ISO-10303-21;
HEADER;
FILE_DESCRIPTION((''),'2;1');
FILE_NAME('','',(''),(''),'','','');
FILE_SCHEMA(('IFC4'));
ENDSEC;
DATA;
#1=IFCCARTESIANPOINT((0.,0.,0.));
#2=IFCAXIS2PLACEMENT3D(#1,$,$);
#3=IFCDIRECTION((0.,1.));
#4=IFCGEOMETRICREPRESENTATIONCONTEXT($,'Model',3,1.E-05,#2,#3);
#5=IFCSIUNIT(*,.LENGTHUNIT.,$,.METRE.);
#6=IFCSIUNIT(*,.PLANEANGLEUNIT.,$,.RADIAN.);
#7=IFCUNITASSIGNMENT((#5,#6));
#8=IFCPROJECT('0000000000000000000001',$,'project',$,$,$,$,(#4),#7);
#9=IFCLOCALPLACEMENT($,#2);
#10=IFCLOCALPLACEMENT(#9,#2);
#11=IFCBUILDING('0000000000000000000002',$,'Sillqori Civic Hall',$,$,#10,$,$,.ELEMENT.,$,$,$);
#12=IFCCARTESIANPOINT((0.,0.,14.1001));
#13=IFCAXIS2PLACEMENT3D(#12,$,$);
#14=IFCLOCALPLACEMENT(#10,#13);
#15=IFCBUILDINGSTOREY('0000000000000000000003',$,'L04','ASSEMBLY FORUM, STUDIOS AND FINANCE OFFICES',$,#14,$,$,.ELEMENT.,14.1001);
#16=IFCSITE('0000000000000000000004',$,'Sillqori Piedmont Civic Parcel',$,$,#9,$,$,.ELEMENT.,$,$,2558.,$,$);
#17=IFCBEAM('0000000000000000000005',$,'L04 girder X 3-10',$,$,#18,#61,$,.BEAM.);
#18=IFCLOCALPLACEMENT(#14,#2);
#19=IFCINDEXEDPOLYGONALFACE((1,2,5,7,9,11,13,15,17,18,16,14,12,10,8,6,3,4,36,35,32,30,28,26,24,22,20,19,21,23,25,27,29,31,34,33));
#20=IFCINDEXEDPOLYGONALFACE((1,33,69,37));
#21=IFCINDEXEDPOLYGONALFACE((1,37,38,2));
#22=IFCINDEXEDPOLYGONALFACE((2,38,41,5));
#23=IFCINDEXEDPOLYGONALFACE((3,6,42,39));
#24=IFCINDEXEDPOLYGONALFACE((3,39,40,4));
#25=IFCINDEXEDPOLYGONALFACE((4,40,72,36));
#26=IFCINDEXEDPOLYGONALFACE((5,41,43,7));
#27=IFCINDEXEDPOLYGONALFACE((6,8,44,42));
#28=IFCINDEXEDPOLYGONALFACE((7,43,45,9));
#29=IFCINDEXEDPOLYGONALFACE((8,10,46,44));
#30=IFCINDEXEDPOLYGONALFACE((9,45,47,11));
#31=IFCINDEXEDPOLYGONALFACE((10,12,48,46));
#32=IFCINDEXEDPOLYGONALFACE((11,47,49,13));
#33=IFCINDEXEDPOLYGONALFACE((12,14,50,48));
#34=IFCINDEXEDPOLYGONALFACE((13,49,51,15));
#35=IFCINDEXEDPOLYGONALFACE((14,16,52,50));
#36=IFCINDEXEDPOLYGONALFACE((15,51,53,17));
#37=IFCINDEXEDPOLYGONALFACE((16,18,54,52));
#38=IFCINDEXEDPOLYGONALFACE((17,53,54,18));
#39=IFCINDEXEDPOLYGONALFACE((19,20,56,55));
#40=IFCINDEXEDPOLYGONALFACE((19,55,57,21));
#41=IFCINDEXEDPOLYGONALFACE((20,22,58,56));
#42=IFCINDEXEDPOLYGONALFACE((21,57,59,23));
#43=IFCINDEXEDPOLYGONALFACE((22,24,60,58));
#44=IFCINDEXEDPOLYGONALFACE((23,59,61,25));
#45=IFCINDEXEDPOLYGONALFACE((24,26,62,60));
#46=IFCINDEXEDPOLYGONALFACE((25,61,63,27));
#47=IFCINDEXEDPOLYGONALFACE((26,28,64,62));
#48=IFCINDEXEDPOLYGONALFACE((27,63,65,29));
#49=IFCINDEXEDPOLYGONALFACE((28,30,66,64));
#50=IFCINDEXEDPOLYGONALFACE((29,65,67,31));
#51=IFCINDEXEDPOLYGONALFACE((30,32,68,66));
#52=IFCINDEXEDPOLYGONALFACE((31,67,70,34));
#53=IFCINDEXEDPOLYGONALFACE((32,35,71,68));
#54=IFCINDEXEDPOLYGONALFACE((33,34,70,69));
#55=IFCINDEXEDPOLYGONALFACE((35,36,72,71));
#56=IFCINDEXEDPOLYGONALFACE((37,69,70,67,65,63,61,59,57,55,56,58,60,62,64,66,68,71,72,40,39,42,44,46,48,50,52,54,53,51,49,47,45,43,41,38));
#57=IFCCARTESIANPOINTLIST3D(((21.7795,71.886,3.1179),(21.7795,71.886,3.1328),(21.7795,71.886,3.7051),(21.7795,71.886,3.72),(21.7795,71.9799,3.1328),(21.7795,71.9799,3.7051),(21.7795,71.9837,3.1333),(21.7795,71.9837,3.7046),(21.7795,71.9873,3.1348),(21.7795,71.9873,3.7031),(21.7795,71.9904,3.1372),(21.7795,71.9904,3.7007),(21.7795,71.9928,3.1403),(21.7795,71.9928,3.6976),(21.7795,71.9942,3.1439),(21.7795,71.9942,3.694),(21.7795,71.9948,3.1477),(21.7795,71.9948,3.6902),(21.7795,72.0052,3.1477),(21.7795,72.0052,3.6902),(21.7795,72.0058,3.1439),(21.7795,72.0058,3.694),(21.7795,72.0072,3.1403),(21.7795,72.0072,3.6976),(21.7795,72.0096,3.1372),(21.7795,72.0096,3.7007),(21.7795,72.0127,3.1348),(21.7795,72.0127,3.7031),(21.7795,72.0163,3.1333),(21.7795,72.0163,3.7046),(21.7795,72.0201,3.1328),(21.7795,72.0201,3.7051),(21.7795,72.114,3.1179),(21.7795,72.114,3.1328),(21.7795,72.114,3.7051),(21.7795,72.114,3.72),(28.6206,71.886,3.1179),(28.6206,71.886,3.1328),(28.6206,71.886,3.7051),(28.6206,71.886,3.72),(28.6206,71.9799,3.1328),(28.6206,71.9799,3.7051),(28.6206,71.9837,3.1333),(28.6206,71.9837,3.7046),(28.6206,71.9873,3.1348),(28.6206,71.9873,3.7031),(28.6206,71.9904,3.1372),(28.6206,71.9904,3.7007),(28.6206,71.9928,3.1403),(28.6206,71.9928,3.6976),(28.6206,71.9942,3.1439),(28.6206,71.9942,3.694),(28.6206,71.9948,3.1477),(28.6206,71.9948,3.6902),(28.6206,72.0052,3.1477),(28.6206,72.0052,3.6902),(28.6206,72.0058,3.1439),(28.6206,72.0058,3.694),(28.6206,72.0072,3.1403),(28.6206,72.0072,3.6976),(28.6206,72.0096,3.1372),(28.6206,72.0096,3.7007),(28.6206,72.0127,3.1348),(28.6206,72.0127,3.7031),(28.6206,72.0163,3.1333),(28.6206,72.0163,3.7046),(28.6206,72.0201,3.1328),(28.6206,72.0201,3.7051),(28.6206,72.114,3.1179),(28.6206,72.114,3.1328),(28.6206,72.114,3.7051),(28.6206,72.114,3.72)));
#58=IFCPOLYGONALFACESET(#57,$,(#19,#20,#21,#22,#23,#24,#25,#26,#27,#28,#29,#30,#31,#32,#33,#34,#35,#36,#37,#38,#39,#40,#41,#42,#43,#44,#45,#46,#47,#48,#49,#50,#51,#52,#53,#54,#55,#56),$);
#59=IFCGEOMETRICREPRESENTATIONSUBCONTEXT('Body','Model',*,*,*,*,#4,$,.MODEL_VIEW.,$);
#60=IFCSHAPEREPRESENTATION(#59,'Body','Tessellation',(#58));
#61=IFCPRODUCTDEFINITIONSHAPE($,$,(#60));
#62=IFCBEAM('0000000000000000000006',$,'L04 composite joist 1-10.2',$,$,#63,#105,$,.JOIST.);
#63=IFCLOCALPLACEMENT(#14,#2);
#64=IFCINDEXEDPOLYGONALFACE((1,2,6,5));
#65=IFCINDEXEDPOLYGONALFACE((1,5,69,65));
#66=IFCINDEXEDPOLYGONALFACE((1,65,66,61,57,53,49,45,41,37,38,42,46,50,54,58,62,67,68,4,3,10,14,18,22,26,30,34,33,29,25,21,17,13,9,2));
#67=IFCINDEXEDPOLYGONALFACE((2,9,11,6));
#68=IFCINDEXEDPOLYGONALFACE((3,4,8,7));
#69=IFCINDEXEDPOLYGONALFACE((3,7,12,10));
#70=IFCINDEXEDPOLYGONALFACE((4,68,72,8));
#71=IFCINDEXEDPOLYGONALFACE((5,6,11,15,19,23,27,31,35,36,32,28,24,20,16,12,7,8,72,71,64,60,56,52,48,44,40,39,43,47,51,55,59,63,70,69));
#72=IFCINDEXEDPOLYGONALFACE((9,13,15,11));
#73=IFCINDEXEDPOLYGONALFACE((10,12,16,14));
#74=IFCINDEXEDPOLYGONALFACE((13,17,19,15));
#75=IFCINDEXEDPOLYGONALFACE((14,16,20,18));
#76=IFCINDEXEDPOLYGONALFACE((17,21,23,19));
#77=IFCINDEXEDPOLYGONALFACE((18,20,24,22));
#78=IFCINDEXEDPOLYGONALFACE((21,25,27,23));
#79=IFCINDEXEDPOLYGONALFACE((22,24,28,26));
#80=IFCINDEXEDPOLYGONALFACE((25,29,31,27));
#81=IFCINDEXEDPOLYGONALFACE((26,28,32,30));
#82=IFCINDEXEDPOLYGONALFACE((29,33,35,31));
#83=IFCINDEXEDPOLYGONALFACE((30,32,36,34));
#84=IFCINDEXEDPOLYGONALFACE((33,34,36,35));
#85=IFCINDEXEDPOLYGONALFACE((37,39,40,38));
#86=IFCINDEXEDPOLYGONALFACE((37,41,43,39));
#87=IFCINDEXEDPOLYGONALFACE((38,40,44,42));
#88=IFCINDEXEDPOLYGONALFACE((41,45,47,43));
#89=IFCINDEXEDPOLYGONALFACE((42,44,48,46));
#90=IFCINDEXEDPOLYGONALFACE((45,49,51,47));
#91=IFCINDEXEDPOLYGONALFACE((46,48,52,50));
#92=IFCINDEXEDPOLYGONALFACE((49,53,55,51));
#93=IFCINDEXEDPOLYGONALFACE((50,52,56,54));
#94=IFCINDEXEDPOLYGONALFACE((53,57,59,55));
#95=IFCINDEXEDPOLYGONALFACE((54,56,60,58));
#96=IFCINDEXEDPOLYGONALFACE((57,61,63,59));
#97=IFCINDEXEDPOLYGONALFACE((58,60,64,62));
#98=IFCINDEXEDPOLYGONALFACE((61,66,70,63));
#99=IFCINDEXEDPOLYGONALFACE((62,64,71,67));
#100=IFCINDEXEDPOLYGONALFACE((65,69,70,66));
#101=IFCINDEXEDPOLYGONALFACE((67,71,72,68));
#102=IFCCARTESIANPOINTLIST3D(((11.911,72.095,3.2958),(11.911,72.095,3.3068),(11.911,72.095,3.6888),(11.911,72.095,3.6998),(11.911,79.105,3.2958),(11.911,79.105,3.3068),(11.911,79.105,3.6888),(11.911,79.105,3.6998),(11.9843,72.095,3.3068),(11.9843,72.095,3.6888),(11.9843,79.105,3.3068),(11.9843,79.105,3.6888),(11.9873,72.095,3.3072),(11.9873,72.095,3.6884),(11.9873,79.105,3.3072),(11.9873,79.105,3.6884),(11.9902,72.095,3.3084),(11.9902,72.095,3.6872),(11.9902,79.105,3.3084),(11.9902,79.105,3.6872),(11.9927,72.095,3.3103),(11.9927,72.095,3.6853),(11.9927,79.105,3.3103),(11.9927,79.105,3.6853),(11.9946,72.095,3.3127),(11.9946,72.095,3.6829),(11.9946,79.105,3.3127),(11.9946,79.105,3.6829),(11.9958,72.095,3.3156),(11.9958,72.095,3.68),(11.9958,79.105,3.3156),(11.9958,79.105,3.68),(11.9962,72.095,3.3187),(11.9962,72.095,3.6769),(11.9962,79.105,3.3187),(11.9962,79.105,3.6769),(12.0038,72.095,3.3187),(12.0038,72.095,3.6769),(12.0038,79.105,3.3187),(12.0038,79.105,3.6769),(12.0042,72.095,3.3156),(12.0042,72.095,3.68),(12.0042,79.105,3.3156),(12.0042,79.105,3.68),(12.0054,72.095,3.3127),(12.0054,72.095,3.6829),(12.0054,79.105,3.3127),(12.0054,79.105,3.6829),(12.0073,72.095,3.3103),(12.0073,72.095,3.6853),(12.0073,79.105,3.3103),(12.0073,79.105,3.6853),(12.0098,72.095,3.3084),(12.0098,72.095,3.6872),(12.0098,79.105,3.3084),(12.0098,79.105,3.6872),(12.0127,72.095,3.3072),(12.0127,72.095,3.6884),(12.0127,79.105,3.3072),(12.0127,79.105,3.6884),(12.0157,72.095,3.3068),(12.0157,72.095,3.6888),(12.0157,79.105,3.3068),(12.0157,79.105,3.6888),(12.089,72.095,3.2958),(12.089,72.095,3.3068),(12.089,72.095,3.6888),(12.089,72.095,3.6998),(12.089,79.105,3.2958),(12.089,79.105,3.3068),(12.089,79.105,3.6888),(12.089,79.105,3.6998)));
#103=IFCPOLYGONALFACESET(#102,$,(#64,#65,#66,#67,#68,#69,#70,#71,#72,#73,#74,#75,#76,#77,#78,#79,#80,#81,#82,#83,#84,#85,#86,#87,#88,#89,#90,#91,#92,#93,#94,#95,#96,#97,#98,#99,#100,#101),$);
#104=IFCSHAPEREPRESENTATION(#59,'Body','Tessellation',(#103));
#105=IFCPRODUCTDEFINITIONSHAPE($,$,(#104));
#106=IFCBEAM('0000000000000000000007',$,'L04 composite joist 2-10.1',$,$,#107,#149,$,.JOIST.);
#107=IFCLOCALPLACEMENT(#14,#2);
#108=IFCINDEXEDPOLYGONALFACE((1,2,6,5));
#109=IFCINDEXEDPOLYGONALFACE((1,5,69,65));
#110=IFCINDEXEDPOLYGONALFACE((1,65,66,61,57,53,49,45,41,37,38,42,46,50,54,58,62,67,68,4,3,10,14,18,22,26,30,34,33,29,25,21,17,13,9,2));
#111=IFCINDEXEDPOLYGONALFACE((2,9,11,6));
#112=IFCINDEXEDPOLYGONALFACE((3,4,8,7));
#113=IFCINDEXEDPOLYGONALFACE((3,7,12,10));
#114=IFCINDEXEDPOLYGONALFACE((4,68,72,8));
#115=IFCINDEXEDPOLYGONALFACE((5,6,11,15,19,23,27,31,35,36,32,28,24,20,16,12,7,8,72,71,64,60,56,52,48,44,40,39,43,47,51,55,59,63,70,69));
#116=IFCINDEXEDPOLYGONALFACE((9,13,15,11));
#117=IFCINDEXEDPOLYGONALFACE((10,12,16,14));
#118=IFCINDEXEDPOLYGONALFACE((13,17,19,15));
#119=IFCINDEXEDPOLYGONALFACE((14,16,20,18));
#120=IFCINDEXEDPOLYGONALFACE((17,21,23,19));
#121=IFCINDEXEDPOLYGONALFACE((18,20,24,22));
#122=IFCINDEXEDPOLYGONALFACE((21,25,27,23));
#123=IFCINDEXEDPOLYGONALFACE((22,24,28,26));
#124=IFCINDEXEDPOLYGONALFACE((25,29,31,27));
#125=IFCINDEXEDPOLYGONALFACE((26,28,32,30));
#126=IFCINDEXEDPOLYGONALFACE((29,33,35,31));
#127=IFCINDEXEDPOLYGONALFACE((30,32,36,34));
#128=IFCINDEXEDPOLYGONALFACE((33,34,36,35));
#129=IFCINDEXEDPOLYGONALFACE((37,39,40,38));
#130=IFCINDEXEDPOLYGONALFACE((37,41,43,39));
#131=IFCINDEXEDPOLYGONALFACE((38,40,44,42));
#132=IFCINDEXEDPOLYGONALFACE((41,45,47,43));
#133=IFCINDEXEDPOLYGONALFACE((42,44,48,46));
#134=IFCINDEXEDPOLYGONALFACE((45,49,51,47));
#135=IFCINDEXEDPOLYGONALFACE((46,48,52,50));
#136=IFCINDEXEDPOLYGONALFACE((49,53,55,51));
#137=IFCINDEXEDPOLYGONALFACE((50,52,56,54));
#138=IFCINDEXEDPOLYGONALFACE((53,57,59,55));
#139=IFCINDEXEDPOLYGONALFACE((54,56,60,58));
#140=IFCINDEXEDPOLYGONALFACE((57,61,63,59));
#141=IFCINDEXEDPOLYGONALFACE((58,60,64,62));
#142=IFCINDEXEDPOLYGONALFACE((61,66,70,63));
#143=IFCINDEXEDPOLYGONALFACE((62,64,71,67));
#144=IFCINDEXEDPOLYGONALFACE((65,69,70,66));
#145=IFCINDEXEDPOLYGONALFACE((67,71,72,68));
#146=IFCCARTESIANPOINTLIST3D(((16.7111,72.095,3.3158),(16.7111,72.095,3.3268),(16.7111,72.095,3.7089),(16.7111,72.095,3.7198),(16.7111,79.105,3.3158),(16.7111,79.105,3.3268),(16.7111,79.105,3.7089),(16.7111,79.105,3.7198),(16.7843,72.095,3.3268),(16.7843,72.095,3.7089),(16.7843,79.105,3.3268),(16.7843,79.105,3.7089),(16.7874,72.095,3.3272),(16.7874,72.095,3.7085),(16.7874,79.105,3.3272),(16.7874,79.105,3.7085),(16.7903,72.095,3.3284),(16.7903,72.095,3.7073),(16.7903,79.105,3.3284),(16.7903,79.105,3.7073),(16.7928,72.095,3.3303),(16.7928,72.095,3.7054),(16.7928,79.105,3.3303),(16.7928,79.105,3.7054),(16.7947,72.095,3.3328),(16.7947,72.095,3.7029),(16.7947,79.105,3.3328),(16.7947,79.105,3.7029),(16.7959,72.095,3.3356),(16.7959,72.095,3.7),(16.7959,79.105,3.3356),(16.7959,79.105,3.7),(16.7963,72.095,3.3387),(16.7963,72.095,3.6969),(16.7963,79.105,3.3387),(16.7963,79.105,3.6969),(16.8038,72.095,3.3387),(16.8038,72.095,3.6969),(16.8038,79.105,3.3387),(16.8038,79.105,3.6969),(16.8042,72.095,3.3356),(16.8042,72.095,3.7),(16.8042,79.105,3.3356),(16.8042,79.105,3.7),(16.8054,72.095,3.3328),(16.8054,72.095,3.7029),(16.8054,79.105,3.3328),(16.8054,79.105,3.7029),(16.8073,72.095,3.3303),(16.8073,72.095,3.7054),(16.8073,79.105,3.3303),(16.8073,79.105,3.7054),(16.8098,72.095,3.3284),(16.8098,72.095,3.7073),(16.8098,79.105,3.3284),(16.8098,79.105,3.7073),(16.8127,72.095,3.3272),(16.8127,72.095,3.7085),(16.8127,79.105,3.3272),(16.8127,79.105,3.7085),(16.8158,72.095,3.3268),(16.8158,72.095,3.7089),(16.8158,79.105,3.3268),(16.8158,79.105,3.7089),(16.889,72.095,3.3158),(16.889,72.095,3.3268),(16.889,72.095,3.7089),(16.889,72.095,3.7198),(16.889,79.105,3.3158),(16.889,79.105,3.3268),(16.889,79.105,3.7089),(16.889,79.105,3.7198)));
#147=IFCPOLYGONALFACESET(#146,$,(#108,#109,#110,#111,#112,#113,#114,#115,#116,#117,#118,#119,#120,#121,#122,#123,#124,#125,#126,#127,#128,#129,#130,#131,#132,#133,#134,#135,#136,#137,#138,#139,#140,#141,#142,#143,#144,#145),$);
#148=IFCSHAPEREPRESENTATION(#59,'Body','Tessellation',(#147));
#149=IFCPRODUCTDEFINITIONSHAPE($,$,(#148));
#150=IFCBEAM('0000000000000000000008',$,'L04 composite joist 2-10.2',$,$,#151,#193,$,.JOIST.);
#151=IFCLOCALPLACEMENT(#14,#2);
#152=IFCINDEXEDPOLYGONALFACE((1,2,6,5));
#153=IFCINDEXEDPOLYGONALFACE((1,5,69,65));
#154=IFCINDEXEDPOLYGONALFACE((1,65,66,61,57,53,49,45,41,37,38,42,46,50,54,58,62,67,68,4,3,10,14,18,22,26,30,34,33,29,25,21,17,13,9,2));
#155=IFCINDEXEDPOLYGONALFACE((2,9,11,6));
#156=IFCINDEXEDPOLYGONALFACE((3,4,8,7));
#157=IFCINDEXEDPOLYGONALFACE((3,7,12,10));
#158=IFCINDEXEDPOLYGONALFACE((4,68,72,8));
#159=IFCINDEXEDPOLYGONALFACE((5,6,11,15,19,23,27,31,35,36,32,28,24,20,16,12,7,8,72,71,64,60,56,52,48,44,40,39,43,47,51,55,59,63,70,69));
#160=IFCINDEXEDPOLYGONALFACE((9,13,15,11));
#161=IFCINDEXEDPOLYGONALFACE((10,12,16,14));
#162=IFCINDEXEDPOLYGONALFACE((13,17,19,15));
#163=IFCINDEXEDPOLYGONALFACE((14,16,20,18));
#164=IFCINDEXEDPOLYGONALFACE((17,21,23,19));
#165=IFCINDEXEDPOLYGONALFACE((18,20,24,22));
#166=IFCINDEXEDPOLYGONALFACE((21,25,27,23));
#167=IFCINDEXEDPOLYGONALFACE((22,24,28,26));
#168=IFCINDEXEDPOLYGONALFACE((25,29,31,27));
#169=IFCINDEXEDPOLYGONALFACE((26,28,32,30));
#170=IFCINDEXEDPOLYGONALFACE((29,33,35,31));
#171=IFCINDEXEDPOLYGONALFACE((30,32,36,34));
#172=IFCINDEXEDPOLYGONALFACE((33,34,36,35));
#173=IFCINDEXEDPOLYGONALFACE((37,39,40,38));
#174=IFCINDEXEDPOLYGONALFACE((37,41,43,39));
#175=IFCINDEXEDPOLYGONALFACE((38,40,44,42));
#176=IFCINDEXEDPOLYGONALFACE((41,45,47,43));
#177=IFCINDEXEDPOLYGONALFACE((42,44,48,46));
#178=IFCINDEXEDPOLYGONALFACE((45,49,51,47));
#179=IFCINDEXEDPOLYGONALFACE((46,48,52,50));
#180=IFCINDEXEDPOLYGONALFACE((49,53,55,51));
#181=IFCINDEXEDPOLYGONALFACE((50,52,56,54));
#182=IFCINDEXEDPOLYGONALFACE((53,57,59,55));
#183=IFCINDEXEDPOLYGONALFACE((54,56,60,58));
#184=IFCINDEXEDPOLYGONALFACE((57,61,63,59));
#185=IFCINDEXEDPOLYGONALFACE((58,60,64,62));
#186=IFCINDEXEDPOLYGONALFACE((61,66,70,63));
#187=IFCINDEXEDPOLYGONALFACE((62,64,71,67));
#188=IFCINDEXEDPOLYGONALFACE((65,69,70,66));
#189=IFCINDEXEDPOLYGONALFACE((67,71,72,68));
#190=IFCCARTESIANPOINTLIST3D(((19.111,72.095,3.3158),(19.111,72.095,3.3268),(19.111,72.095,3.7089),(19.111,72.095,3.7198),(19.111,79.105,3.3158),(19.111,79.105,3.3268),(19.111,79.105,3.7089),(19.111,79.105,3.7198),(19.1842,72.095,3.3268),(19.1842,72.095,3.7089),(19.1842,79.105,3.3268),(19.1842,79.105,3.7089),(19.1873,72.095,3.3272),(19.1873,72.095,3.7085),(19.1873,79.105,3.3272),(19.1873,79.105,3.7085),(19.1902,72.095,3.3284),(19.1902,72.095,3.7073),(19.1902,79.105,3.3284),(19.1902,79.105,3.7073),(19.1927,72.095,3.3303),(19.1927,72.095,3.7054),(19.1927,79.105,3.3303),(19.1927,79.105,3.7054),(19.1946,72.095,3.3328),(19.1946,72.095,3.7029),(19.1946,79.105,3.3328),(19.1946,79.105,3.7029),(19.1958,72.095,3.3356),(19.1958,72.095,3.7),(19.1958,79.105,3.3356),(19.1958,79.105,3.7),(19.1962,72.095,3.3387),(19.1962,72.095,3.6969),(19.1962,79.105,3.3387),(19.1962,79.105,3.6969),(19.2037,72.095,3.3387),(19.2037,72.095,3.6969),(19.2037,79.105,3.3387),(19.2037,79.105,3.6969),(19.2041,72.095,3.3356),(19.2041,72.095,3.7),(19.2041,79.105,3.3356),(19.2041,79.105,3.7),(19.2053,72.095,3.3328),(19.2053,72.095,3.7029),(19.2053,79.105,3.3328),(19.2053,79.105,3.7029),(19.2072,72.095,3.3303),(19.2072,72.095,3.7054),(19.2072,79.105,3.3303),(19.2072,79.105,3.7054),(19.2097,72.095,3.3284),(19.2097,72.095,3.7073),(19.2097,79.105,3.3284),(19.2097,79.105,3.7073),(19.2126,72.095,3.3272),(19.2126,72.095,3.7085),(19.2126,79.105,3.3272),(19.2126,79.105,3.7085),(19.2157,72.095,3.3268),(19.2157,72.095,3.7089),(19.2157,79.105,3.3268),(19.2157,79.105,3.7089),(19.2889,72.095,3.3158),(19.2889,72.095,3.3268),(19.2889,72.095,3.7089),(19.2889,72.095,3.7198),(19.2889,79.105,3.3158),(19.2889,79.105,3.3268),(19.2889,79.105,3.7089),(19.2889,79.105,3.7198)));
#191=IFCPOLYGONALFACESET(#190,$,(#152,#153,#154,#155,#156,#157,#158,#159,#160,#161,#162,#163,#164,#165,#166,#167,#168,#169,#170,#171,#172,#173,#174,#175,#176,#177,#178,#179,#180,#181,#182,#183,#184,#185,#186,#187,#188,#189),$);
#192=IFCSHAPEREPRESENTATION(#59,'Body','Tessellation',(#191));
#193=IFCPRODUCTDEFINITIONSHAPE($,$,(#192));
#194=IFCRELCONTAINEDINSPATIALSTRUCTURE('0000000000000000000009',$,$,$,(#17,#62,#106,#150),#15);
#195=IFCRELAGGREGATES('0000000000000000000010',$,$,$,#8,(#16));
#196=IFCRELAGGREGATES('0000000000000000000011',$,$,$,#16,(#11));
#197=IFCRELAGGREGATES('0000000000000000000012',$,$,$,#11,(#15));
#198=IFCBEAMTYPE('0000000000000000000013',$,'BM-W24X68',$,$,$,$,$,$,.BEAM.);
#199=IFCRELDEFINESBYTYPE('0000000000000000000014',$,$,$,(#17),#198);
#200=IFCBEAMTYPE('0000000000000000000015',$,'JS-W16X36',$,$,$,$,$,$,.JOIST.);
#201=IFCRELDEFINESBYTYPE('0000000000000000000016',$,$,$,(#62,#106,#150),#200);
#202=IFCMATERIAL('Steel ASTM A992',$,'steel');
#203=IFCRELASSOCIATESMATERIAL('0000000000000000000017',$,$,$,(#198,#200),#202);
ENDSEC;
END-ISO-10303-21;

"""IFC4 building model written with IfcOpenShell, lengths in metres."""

from ifc_helpers import new_model, si_unit, direction, frame, origin, origin_2d, place, context, subcontext, project, spatial, i_section, extrude, material, material_profile, profile_set, type_object, element, save


model = new_model("IFC4")

# Units and contexts
model_context = context("Model", 3, precision=1e-05, world=origin(), true_north=direction((0.0, 1.0)))
body_context = subcontext(model_context, "Body", "Model", "MODEL_VIEW")
ifc_project = project(units=[si_unit("LENGTHUNIT", "METRE"), si_unit("PLANEANGLEUNIT", "RADIAN")], contexts=[model_context])

# Site, building, storey
site_placement = place(None, origin())
site = spatial("IfcSite", under=ifc_project, at=site_placement, Name="Sillqori Piedmont Civic Parcel", CompositionType="ELEMENT", RefElevation=2558.0)
building_placement = place(site_placement, origin())
building = spatial("IfcBuilding", under=site, at=building_placement, Name="Sillqori Civic Hall", CompositionType="ELEMENT")
storey_placement = place(building_placement, frame((0.0, 0.0, 14.1001)))
storey = spatial("IfcBuildingStorey", under=building, at=storey_placement, Name="L04", Description="ASSEMBLY FORUM, STUDIOS AND FINANCE OFFICES", CompositionType="ELEMENT", Elevation=14.1001)

# Beam
ifc_material_1 = material(Name="Steel ASTM A992", Category="steel")
ifc_material_profile_1 = material_profile(ifc_material_1, i_section(OverallWidth=0.228, OverallDepth=0.6021, WebThickness=0.0105, FlangeThickness=0.0149, FilletRadius=0.0149, at=origin_2d()), Name="W24X68")
ifc_profile_set_1 = profile_set([ifc_material_profile_1], Name="Steel ASTM A992")
beam_type_1 = type_object("IfcBeamType", Name="BM-W24X68", PredefinedType="BEAM", material=ifc_profile_set_1)
beam_1_placement = place(storey_placement, frame((21.7795, 72.0, 3.4189), z_axis=(1.0, 0.0, 0.0), x_axis=(0.0, 1.0, 0.0)))
element("IfcBeam", 1, at=beam_1_placement, inside=storey, type_object=beam_type_1, Name="L04 girder X 3-10", PredefinedType="BEAM", context=body_context, shape_type="SweptSolid", body=[
    extrude(i_section(OverallWidth=0.228, OverallDepth=0.6021, WebThickness=0.0105, FlangeThickness=0.0149, FilletRadius=0.0149, at=origin_2d()), origin(), (0.0, 0.0, 1.0), 6.8411),
])

# Beams
ifc_material_profile_2 = material_profile(ifc_material_1, i_section(OverallWidth=0.178, OverallDepth=0.4041, WebThickness=0.0076, FlangeThickness=0.011, FilletRadius=0.012, at=origin_2d()), Name="W16X36")
ifc_profile_set_2 = profile_set([ifc_material_profile_2], Name="Steel ASTM A992")
beam_type_2 = type_object("IfcBeamType", Name="JS-W16X36", PredefinedType="JOIST", material=ifc_profile_set_2)
for number, where, z_axis, x_axis, name in (
    (2, (12.0, 72.095, 3.4978), (0.0, 1.0, 0.0), (-1.0, 0.0, 0.0), "L04 composite joist 1-10.2"),
    (3, (16.8, 72.095, 3.5178), (0.0, 1.0, 0.0), (-1.0, 0.0, 0.0), "L04 composite joist 2-10.1"),
    (4, (19.2, 72.095, 3.5178), (0.0, 1.0, 0.0), (-1.0, 0.0, 0.0), "L04 composite joist 2-10.2"),
):
    element("IfcBeam", number, at=place(storey_placement, frame(where, z_axis=z_axis, x_axis=x_axis)), inside=storey, type_object=beam_type_2, Name=name, PredefinedType="JOIST", context=body_context, shape_type="SweptSolid", body=[
        extrude(i_section(OverallWidth=0.178, OverallDepth=0.4041, WebThickness=0.0076, FlangeThickness=0.011, FilletRadius=0.012, at=origin_2d()), origin(), (0.0, 0.0, 1.0), 7.01),
    ])

save(model, "model.ifc")
